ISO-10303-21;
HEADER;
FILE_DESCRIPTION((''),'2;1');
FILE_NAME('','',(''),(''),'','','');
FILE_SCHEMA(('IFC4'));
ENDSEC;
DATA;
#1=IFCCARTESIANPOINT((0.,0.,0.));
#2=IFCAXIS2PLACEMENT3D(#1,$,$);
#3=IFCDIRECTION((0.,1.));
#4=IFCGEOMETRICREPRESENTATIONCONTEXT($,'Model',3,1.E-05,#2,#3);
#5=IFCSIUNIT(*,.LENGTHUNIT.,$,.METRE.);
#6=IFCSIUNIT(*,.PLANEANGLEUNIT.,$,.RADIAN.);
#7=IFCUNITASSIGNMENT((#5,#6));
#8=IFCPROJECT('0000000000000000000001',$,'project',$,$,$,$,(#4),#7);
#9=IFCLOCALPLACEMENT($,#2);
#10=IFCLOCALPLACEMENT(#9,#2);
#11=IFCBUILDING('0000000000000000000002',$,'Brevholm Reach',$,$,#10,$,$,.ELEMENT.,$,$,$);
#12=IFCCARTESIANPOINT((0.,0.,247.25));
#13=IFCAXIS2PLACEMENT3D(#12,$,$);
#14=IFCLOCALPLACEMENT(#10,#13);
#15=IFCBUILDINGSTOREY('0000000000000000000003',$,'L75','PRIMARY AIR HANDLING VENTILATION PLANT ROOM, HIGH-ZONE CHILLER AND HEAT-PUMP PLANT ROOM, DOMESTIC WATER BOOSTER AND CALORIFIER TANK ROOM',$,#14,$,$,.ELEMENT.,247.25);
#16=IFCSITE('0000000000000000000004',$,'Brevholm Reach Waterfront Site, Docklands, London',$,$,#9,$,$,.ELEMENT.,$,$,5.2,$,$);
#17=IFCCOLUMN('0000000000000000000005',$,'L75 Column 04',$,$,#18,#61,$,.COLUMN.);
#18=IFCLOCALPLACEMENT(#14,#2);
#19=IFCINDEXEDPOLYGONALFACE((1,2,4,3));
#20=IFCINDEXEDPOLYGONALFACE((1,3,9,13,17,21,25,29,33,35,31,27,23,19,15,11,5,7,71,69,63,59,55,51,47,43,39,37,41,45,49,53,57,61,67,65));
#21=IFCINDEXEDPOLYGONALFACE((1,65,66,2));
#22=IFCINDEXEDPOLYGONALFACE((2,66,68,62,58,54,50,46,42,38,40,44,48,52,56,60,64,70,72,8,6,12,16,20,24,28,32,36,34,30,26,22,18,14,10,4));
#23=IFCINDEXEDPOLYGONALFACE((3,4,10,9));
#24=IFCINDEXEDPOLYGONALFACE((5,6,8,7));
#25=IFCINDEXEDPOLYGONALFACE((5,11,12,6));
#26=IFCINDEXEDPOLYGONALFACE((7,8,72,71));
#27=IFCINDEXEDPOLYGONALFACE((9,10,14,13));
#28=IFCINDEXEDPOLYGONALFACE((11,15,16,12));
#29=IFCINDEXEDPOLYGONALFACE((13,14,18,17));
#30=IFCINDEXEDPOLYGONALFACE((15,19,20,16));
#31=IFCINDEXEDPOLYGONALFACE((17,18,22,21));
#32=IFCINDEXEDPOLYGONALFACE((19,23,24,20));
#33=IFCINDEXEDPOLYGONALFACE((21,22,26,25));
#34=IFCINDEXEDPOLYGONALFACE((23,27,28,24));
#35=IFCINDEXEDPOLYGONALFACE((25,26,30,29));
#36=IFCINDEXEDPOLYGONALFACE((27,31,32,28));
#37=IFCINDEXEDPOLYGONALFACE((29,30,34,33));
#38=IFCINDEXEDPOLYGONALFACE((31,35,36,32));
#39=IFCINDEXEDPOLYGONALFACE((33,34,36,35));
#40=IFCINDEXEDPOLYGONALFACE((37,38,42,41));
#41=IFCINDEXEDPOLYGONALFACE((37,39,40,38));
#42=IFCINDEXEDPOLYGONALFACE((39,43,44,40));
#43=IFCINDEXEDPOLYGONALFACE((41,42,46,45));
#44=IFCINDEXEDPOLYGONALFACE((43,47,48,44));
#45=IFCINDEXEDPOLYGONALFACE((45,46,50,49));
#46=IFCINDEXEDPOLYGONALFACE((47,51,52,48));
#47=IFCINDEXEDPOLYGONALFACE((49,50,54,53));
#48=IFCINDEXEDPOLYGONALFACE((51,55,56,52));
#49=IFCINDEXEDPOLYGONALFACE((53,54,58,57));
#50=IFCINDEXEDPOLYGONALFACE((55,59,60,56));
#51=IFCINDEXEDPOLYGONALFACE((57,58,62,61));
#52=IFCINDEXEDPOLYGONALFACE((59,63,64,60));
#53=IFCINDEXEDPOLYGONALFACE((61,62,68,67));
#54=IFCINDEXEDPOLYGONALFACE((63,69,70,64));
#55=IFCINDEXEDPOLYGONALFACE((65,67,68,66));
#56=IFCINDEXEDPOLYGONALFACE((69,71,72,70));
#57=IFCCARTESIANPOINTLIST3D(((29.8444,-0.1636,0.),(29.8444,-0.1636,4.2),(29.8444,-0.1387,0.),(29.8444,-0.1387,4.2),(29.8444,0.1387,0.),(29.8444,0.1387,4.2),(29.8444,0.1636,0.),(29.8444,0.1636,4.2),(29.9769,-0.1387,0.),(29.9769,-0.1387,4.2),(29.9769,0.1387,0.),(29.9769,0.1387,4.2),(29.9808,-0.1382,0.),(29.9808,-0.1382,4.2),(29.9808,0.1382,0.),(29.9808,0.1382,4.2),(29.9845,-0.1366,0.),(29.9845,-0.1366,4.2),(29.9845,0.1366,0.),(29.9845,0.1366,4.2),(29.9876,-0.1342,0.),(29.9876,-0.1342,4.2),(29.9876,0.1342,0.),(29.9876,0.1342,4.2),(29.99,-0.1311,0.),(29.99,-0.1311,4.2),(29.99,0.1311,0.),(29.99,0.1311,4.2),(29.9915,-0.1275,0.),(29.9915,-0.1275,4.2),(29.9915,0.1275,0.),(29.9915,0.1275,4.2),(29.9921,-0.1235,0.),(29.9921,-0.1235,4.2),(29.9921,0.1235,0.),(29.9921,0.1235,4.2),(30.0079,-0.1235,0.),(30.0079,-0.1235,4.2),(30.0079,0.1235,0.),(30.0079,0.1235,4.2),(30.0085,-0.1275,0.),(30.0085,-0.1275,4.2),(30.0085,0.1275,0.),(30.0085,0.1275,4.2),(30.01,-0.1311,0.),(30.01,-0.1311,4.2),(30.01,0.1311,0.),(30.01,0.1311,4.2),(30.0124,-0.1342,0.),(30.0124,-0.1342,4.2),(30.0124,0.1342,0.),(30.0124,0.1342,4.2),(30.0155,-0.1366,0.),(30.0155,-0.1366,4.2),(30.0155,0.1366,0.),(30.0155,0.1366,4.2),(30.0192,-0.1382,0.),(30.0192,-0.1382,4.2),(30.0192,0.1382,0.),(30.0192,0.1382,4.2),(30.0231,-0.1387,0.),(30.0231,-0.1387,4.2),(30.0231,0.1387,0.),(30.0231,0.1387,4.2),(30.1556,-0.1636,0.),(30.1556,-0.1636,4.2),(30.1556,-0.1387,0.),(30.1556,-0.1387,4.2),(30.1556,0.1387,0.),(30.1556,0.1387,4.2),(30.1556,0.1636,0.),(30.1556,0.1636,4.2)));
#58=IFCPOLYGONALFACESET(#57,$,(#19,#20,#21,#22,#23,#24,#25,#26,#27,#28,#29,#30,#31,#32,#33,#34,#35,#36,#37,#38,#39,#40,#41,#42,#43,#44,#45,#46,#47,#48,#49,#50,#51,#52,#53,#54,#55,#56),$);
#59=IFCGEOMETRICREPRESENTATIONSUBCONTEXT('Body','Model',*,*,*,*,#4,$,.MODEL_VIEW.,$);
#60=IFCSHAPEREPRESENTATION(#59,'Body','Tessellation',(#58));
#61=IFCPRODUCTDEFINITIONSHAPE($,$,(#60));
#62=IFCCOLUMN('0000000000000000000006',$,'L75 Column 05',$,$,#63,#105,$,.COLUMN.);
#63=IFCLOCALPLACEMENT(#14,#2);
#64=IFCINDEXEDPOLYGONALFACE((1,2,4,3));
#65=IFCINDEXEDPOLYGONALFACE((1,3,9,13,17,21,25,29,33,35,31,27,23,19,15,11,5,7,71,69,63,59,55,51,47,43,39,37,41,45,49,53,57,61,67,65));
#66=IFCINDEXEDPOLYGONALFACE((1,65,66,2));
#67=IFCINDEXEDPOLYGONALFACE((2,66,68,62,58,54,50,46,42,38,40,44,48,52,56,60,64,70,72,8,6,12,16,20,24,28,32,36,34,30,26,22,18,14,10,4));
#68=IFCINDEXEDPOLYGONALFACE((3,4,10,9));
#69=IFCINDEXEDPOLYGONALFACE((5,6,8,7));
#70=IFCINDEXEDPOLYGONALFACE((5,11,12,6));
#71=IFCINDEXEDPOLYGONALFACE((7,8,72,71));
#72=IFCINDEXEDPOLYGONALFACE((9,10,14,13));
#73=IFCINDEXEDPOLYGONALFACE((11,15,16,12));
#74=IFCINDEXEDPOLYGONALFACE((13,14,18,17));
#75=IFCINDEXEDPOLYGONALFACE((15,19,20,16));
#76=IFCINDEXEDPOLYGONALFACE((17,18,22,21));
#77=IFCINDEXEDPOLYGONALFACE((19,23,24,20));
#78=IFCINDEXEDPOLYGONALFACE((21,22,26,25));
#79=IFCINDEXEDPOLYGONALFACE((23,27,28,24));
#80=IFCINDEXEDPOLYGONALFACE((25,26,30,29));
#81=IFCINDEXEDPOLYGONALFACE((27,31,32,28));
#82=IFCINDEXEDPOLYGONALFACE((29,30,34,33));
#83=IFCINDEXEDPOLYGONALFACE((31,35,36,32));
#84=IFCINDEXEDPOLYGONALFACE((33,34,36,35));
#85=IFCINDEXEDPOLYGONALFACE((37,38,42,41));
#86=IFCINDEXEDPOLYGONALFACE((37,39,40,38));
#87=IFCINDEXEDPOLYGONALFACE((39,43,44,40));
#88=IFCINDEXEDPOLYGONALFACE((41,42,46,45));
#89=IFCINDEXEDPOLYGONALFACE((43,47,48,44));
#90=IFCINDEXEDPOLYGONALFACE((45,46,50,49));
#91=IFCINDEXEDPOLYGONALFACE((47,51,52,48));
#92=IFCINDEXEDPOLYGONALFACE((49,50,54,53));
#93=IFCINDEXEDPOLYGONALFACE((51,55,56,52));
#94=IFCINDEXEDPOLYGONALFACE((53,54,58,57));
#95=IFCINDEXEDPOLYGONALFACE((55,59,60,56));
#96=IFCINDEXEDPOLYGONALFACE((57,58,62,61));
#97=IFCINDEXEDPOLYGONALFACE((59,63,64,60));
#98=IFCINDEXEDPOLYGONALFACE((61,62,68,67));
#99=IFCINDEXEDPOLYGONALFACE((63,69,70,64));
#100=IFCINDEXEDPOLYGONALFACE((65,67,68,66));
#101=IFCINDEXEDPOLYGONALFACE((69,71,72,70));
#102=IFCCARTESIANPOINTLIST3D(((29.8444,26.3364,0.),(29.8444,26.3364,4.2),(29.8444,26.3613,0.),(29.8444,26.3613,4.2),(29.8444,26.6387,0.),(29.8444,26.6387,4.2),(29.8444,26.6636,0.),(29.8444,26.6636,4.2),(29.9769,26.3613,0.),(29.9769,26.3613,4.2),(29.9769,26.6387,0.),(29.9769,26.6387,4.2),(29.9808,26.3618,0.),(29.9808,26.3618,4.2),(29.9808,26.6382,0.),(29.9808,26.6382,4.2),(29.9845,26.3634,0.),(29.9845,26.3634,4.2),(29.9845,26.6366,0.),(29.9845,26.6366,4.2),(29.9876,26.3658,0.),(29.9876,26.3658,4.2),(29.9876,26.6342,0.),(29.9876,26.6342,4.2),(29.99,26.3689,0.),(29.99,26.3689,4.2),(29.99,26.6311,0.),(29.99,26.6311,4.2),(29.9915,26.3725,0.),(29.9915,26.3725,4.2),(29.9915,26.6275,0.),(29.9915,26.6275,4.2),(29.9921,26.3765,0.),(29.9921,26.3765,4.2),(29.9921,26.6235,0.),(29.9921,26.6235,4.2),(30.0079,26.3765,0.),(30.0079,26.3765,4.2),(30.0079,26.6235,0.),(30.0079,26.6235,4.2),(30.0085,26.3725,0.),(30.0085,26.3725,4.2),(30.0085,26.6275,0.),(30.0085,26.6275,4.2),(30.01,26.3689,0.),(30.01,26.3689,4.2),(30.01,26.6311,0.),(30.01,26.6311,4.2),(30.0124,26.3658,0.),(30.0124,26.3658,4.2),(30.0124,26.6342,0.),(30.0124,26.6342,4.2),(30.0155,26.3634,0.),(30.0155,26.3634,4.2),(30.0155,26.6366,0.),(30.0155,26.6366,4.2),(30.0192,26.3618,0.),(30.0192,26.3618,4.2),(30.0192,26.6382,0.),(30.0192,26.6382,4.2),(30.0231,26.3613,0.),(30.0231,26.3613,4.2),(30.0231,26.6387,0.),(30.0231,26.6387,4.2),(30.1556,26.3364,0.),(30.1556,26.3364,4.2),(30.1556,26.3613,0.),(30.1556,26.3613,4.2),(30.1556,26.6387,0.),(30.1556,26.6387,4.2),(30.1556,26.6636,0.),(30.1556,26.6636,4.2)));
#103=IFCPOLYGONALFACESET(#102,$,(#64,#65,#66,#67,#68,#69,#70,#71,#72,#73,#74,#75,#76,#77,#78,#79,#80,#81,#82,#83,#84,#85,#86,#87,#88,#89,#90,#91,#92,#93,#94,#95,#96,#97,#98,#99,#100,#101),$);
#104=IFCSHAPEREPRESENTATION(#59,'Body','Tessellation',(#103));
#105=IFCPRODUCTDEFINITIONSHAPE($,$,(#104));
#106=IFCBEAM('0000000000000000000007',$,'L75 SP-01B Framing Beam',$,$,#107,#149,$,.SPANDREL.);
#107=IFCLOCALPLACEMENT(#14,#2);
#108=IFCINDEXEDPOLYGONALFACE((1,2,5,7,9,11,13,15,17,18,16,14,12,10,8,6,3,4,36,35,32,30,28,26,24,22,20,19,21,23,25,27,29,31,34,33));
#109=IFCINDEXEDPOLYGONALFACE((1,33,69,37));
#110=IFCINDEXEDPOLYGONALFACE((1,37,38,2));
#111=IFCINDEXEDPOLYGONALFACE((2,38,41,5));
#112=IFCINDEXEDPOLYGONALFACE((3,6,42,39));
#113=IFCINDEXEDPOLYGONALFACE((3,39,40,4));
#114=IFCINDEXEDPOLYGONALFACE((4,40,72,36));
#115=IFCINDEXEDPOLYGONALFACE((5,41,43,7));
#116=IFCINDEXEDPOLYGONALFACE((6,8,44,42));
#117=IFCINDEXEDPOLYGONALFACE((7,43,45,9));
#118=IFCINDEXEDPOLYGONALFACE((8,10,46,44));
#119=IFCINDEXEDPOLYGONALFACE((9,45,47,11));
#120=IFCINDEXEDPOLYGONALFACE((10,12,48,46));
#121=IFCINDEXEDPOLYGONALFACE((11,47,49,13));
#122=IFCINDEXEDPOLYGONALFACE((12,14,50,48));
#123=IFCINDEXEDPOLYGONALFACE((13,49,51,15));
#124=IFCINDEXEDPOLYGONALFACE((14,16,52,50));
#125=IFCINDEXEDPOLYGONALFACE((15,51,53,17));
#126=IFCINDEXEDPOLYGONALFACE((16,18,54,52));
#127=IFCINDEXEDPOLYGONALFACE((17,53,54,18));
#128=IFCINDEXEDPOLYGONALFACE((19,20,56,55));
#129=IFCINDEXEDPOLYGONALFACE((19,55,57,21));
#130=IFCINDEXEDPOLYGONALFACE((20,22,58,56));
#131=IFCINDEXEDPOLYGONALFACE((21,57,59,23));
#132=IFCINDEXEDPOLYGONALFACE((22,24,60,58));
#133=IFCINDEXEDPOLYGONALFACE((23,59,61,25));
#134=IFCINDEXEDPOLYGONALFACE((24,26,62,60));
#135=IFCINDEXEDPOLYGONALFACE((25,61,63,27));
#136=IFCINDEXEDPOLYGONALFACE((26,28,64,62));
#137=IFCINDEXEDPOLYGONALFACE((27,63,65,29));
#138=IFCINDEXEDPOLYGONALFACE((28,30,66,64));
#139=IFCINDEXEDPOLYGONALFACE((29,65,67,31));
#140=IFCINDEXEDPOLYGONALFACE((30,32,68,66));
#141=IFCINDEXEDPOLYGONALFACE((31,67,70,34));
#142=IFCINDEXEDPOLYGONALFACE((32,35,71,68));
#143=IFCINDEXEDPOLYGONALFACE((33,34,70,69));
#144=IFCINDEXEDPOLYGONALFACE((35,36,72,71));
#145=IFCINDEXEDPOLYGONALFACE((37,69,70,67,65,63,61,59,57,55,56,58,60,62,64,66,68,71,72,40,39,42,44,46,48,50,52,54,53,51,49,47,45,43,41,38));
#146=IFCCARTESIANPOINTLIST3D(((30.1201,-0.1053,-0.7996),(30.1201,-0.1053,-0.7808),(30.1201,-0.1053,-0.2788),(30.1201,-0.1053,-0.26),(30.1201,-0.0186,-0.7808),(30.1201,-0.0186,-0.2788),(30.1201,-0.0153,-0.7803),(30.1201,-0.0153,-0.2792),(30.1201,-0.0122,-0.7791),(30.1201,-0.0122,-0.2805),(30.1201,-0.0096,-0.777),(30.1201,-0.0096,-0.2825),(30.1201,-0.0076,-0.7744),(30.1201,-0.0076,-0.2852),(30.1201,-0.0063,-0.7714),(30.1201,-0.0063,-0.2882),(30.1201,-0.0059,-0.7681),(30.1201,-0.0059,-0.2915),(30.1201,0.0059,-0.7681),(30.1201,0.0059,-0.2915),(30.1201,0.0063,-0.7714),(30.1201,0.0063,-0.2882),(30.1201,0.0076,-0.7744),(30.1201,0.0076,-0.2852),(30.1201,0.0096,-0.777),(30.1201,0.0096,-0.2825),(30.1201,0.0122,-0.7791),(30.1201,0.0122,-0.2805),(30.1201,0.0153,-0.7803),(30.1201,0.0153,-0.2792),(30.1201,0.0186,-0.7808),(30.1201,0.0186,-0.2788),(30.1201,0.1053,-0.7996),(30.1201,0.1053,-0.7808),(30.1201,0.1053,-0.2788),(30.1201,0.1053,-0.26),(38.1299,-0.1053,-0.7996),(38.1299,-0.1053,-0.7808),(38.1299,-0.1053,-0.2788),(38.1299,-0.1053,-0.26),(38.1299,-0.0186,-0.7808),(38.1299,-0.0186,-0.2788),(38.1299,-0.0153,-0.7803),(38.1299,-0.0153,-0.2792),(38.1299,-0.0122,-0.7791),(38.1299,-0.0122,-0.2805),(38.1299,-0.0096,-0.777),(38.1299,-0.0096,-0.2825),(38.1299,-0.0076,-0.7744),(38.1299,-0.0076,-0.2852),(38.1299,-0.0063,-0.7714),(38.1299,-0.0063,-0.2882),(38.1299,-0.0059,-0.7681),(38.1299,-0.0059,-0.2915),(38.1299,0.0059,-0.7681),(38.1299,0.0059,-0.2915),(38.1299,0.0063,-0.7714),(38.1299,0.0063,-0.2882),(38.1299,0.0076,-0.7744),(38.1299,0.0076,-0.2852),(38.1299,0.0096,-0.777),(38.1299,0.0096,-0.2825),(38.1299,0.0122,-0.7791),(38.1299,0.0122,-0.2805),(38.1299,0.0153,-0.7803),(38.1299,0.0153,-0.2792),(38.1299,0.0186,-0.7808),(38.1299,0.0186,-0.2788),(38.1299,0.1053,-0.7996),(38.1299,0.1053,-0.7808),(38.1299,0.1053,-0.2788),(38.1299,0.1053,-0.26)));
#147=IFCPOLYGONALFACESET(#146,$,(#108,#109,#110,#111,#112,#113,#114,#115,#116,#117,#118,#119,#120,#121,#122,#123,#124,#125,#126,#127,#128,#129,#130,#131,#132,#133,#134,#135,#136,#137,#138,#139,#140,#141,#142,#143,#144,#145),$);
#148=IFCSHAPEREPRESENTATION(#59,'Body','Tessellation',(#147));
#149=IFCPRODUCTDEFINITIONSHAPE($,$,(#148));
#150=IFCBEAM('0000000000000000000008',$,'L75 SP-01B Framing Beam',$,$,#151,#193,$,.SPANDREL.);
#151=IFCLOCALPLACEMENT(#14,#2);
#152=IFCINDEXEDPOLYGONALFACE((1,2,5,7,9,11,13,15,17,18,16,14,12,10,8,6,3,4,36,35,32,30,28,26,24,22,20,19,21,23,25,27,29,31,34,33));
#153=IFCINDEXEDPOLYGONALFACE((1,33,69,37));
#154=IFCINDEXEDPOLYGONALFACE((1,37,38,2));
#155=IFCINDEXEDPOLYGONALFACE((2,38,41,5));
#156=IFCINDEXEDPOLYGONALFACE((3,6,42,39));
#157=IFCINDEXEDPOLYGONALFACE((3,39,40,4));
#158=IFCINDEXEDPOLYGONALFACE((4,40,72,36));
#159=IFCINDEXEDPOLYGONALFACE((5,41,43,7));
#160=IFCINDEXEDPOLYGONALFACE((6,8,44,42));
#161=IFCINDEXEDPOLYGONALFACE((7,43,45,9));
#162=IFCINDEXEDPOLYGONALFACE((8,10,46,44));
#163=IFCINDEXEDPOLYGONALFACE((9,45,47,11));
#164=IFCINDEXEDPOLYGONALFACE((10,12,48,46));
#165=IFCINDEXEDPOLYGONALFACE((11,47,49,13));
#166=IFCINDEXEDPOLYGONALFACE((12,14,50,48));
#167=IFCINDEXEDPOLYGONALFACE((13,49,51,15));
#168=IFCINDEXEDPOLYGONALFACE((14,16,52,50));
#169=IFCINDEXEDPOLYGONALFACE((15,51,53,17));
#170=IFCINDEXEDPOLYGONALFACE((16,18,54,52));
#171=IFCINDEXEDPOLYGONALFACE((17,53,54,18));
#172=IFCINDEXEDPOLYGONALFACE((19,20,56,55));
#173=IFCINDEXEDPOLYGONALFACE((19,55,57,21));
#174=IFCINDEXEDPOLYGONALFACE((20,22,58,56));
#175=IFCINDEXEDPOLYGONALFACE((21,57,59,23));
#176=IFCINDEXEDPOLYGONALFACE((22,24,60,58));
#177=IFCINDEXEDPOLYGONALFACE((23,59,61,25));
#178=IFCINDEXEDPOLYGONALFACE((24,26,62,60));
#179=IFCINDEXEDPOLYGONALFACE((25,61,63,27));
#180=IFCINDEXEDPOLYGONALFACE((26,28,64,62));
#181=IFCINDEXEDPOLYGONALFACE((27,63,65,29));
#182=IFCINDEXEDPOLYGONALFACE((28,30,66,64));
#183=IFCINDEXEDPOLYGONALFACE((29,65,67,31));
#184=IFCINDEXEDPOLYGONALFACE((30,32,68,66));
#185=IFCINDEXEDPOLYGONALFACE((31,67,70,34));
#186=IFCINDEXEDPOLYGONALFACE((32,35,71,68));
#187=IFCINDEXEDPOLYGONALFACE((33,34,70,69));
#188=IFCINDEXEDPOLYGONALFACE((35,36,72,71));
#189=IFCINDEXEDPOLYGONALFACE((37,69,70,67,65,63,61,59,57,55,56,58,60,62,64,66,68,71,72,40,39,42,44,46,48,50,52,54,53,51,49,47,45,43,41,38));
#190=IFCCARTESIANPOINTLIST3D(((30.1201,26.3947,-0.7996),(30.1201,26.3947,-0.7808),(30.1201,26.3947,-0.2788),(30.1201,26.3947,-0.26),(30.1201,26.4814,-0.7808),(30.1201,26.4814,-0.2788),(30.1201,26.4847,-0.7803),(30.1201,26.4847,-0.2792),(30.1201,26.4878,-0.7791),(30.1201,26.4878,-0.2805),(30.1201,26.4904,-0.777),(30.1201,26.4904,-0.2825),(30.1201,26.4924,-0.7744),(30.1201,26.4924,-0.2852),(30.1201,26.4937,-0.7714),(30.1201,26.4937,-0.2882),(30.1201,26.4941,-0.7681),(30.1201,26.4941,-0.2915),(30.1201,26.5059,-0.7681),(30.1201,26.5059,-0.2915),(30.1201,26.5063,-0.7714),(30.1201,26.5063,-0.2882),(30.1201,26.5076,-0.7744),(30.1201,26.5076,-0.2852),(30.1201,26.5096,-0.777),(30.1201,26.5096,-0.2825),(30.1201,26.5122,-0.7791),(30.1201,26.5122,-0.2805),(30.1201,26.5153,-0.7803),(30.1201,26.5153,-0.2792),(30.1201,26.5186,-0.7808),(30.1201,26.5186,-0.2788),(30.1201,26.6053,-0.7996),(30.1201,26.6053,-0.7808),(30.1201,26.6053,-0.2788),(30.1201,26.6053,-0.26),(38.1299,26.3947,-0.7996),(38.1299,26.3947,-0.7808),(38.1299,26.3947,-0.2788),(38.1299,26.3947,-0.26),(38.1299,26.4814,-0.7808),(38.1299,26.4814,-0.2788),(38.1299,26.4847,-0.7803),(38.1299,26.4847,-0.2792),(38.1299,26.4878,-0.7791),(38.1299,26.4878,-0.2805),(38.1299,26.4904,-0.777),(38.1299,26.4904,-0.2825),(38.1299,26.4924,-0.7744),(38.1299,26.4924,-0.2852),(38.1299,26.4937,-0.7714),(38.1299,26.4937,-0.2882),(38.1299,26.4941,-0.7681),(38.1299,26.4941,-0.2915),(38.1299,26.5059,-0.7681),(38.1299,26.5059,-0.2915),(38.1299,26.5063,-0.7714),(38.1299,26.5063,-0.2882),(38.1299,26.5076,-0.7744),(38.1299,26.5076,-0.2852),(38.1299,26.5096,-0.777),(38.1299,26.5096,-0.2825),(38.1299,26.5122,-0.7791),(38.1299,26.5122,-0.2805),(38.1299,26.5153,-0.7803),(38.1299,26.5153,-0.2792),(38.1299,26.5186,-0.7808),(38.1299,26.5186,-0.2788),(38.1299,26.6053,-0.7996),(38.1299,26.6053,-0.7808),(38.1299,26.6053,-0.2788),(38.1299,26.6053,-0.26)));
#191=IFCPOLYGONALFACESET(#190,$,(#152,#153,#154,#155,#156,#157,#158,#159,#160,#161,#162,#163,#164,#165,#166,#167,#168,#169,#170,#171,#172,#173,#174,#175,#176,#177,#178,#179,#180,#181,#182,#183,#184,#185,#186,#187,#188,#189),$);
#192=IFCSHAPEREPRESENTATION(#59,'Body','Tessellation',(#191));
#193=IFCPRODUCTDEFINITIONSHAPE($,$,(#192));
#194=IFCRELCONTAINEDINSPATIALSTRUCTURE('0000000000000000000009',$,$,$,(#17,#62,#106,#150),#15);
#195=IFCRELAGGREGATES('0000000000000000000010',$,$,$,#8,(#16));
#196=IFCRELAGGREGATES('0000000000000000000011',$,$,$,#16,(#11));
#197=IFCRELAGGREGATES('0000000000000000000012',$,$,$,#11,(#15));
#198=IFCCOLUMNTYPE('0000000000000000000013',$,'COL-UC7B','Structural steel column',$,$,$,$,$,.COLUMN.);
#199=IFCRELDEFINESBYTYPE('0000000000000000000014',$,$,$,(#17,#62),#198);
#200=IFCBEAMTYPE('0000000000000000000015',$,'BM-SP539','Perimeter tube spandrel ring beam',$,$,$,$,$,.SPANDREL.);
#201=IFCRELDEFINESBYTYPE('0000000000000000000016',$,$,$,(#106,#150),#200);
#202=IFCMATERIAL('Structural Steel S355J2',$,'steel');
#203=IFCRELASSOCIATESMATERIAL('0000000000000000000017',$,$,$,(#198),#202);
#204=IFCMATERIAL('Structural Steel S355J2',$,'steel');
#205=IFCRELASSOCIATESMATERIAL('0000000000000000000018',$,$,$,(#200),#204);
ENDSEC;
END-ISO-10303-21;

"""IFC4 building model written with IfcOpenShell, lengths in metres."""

from ifc_helpers import new_model, si_unit, direction, frame, origin, origin_2d, place, context, subcontext, project, spatial, i_section, extrude, material, material_profile, profile_set, type_object, element, save


model = new_model("IFC4")

# Units and contexts
model_context = context("Model", 3, precision=1e-05, world=origin(), true_north=direction((0.0, 1.0)))
body_context = subcontext(model_context, "Body", "Model", "MODEL_VIEW")
ifc_project = project(units=[si_unit("LENGTHUNIT", "METRE"), si_unit("PLANEANGLEUNIT", "RADIAN")], contexts=[model_context])

# Site, building, storey
site_placement = place(None, origin())
site = spatial("IfcSite", under=ifc_project, at=site_placement, Name="Brevholm Reach Waterfront Site, Docklands, London", CompositionType="ELEMENT", RefElevation=5.2)
building_placement = place(site_placement, origin())
building = spatial("IfcBuilding", under=site, at=building_placement, Name="Brevholm Reach", CompositionType="ELEMENT")
storey_placement = place(building_placement, frame((0.0, 0.0, 247.25)))
storey = spatial("IfcBuildingStorey", under=building, at=storey_placement, Name="L75", Description="PRIMARY AIR HANDLING VENTILATION PLANT ROOM, HIGH-ZONE CHILLER AND HEAT-PUMP PLANT ROOM, DOMESTIC WATER BOOSTER AND CALORIFIER TANK ROOM", CompositionType="ELEMENT", Elevation=247.25)

# Columns
ifc_material_1 = material(Name="Structural Steel S355J2", Category="steel")
ifc_material_profile_1 = material_profile(ifc_material_1, i_section(OverallWidth=0.3113, OverallDepth=0.3271, WebThickness=0.0159, FlangeThickness=0.0249, FilletRadius=0.0151, at=origin_2d()), Name="UKC 305x305x158")
ifc_profile_set_1 = profile_set([ifc_material_profile_1], Name="Structural Steel S355J2")
column_type = type_object("IfcColumnType", Name="COL-UC7B", Description="Structural steel column", PredefinedType="COLUMN", material=ifc_profile_set_1)
for number, where, z_axis, x_axis, name in (
    (1, (30.0, 0.0, 0.0), (0.0, 0.0, 1.0), (1.0, 0.0, 0.0), "L75 Column 04"),
    (2, (30.0, 26.5, 0.0), (0.0, 0.0, 1.0), (1.0, 0.0, 0.0), "L75 Column 05"),
):
    element("IfcColumn", number, at=place(storey_placement, frame(where, z_axis=z_axis, x_axis=x_axis)), inside=storey, type_object=column_type, Name=name, PredefinedType="COLUMN", context=body_context, shape_type="SweptSolid", body=[
        extrude(i_section(OverallWidth=0.3113, OverallDepth=0.3271, WebThickness=0.0159, FlangeThickness=0.0249, FilletRadius=0.0151, at=origin_2d()), origin(), (0.0, 0.0, 1.0), 4.2),
    ])

# Beams
ifc_material_2 = material(Name="Structural Steel S355J2", Category="steel")
ifc_material_profile_2 = material_profile(ifc_material_2, i_section(OverallWidth=0.2107, OverallDepth=0.5396, WebThickness=0.0117, FlangeThickness=0.0188, FilletRadius=0.0127, at=origin_2d()), Name="UKB 533x210x109")
ifc_profile_set_2 = profile_set([ifc_material_profile_2], Name="Structural Steel S355J2")
beam_type = type_object("IfcBeamType", Name="BM-SP539", Description="Perimeter tube spandrel ring beam", PredefinedType="SPANDREL", material=ifc_profile_set_2)
for number, where, z_axis, x_axis, name in (
    (3, (30.1201, 0.0, -0.5298), (1.0, 0.0, 0.0), (0.0, 1.0, 0.0), "L75 SP-01B Framing Beam"),
    (4, (30.1201, 26.5, -0.5298), (1.0, 0.0, 0.0), (0.0, 1.0, 0.0), "L75 SP-01B Framing Beam"),
):
    element("IfcBeam", number, at=place(storey_placement, frame(where, z_axis=z_axis, x_axis=x_axis)), inside=storey, type_object=beam_type, Name=name, PredefinedType="SPANDREL", context=body_context, shape_type="SweptSolid", body=[
        extrude(i_section(OverallWidth=0.2107, OverallDepth=0.5396, WebThickness=0.0117, FlangeThickness=0.0188, FilletRadius=0.0127, at=origin_2d()), origin(), (0.0, 0.0, 1.0), 8.0098),
    ])

save(model, "model.ifc")
